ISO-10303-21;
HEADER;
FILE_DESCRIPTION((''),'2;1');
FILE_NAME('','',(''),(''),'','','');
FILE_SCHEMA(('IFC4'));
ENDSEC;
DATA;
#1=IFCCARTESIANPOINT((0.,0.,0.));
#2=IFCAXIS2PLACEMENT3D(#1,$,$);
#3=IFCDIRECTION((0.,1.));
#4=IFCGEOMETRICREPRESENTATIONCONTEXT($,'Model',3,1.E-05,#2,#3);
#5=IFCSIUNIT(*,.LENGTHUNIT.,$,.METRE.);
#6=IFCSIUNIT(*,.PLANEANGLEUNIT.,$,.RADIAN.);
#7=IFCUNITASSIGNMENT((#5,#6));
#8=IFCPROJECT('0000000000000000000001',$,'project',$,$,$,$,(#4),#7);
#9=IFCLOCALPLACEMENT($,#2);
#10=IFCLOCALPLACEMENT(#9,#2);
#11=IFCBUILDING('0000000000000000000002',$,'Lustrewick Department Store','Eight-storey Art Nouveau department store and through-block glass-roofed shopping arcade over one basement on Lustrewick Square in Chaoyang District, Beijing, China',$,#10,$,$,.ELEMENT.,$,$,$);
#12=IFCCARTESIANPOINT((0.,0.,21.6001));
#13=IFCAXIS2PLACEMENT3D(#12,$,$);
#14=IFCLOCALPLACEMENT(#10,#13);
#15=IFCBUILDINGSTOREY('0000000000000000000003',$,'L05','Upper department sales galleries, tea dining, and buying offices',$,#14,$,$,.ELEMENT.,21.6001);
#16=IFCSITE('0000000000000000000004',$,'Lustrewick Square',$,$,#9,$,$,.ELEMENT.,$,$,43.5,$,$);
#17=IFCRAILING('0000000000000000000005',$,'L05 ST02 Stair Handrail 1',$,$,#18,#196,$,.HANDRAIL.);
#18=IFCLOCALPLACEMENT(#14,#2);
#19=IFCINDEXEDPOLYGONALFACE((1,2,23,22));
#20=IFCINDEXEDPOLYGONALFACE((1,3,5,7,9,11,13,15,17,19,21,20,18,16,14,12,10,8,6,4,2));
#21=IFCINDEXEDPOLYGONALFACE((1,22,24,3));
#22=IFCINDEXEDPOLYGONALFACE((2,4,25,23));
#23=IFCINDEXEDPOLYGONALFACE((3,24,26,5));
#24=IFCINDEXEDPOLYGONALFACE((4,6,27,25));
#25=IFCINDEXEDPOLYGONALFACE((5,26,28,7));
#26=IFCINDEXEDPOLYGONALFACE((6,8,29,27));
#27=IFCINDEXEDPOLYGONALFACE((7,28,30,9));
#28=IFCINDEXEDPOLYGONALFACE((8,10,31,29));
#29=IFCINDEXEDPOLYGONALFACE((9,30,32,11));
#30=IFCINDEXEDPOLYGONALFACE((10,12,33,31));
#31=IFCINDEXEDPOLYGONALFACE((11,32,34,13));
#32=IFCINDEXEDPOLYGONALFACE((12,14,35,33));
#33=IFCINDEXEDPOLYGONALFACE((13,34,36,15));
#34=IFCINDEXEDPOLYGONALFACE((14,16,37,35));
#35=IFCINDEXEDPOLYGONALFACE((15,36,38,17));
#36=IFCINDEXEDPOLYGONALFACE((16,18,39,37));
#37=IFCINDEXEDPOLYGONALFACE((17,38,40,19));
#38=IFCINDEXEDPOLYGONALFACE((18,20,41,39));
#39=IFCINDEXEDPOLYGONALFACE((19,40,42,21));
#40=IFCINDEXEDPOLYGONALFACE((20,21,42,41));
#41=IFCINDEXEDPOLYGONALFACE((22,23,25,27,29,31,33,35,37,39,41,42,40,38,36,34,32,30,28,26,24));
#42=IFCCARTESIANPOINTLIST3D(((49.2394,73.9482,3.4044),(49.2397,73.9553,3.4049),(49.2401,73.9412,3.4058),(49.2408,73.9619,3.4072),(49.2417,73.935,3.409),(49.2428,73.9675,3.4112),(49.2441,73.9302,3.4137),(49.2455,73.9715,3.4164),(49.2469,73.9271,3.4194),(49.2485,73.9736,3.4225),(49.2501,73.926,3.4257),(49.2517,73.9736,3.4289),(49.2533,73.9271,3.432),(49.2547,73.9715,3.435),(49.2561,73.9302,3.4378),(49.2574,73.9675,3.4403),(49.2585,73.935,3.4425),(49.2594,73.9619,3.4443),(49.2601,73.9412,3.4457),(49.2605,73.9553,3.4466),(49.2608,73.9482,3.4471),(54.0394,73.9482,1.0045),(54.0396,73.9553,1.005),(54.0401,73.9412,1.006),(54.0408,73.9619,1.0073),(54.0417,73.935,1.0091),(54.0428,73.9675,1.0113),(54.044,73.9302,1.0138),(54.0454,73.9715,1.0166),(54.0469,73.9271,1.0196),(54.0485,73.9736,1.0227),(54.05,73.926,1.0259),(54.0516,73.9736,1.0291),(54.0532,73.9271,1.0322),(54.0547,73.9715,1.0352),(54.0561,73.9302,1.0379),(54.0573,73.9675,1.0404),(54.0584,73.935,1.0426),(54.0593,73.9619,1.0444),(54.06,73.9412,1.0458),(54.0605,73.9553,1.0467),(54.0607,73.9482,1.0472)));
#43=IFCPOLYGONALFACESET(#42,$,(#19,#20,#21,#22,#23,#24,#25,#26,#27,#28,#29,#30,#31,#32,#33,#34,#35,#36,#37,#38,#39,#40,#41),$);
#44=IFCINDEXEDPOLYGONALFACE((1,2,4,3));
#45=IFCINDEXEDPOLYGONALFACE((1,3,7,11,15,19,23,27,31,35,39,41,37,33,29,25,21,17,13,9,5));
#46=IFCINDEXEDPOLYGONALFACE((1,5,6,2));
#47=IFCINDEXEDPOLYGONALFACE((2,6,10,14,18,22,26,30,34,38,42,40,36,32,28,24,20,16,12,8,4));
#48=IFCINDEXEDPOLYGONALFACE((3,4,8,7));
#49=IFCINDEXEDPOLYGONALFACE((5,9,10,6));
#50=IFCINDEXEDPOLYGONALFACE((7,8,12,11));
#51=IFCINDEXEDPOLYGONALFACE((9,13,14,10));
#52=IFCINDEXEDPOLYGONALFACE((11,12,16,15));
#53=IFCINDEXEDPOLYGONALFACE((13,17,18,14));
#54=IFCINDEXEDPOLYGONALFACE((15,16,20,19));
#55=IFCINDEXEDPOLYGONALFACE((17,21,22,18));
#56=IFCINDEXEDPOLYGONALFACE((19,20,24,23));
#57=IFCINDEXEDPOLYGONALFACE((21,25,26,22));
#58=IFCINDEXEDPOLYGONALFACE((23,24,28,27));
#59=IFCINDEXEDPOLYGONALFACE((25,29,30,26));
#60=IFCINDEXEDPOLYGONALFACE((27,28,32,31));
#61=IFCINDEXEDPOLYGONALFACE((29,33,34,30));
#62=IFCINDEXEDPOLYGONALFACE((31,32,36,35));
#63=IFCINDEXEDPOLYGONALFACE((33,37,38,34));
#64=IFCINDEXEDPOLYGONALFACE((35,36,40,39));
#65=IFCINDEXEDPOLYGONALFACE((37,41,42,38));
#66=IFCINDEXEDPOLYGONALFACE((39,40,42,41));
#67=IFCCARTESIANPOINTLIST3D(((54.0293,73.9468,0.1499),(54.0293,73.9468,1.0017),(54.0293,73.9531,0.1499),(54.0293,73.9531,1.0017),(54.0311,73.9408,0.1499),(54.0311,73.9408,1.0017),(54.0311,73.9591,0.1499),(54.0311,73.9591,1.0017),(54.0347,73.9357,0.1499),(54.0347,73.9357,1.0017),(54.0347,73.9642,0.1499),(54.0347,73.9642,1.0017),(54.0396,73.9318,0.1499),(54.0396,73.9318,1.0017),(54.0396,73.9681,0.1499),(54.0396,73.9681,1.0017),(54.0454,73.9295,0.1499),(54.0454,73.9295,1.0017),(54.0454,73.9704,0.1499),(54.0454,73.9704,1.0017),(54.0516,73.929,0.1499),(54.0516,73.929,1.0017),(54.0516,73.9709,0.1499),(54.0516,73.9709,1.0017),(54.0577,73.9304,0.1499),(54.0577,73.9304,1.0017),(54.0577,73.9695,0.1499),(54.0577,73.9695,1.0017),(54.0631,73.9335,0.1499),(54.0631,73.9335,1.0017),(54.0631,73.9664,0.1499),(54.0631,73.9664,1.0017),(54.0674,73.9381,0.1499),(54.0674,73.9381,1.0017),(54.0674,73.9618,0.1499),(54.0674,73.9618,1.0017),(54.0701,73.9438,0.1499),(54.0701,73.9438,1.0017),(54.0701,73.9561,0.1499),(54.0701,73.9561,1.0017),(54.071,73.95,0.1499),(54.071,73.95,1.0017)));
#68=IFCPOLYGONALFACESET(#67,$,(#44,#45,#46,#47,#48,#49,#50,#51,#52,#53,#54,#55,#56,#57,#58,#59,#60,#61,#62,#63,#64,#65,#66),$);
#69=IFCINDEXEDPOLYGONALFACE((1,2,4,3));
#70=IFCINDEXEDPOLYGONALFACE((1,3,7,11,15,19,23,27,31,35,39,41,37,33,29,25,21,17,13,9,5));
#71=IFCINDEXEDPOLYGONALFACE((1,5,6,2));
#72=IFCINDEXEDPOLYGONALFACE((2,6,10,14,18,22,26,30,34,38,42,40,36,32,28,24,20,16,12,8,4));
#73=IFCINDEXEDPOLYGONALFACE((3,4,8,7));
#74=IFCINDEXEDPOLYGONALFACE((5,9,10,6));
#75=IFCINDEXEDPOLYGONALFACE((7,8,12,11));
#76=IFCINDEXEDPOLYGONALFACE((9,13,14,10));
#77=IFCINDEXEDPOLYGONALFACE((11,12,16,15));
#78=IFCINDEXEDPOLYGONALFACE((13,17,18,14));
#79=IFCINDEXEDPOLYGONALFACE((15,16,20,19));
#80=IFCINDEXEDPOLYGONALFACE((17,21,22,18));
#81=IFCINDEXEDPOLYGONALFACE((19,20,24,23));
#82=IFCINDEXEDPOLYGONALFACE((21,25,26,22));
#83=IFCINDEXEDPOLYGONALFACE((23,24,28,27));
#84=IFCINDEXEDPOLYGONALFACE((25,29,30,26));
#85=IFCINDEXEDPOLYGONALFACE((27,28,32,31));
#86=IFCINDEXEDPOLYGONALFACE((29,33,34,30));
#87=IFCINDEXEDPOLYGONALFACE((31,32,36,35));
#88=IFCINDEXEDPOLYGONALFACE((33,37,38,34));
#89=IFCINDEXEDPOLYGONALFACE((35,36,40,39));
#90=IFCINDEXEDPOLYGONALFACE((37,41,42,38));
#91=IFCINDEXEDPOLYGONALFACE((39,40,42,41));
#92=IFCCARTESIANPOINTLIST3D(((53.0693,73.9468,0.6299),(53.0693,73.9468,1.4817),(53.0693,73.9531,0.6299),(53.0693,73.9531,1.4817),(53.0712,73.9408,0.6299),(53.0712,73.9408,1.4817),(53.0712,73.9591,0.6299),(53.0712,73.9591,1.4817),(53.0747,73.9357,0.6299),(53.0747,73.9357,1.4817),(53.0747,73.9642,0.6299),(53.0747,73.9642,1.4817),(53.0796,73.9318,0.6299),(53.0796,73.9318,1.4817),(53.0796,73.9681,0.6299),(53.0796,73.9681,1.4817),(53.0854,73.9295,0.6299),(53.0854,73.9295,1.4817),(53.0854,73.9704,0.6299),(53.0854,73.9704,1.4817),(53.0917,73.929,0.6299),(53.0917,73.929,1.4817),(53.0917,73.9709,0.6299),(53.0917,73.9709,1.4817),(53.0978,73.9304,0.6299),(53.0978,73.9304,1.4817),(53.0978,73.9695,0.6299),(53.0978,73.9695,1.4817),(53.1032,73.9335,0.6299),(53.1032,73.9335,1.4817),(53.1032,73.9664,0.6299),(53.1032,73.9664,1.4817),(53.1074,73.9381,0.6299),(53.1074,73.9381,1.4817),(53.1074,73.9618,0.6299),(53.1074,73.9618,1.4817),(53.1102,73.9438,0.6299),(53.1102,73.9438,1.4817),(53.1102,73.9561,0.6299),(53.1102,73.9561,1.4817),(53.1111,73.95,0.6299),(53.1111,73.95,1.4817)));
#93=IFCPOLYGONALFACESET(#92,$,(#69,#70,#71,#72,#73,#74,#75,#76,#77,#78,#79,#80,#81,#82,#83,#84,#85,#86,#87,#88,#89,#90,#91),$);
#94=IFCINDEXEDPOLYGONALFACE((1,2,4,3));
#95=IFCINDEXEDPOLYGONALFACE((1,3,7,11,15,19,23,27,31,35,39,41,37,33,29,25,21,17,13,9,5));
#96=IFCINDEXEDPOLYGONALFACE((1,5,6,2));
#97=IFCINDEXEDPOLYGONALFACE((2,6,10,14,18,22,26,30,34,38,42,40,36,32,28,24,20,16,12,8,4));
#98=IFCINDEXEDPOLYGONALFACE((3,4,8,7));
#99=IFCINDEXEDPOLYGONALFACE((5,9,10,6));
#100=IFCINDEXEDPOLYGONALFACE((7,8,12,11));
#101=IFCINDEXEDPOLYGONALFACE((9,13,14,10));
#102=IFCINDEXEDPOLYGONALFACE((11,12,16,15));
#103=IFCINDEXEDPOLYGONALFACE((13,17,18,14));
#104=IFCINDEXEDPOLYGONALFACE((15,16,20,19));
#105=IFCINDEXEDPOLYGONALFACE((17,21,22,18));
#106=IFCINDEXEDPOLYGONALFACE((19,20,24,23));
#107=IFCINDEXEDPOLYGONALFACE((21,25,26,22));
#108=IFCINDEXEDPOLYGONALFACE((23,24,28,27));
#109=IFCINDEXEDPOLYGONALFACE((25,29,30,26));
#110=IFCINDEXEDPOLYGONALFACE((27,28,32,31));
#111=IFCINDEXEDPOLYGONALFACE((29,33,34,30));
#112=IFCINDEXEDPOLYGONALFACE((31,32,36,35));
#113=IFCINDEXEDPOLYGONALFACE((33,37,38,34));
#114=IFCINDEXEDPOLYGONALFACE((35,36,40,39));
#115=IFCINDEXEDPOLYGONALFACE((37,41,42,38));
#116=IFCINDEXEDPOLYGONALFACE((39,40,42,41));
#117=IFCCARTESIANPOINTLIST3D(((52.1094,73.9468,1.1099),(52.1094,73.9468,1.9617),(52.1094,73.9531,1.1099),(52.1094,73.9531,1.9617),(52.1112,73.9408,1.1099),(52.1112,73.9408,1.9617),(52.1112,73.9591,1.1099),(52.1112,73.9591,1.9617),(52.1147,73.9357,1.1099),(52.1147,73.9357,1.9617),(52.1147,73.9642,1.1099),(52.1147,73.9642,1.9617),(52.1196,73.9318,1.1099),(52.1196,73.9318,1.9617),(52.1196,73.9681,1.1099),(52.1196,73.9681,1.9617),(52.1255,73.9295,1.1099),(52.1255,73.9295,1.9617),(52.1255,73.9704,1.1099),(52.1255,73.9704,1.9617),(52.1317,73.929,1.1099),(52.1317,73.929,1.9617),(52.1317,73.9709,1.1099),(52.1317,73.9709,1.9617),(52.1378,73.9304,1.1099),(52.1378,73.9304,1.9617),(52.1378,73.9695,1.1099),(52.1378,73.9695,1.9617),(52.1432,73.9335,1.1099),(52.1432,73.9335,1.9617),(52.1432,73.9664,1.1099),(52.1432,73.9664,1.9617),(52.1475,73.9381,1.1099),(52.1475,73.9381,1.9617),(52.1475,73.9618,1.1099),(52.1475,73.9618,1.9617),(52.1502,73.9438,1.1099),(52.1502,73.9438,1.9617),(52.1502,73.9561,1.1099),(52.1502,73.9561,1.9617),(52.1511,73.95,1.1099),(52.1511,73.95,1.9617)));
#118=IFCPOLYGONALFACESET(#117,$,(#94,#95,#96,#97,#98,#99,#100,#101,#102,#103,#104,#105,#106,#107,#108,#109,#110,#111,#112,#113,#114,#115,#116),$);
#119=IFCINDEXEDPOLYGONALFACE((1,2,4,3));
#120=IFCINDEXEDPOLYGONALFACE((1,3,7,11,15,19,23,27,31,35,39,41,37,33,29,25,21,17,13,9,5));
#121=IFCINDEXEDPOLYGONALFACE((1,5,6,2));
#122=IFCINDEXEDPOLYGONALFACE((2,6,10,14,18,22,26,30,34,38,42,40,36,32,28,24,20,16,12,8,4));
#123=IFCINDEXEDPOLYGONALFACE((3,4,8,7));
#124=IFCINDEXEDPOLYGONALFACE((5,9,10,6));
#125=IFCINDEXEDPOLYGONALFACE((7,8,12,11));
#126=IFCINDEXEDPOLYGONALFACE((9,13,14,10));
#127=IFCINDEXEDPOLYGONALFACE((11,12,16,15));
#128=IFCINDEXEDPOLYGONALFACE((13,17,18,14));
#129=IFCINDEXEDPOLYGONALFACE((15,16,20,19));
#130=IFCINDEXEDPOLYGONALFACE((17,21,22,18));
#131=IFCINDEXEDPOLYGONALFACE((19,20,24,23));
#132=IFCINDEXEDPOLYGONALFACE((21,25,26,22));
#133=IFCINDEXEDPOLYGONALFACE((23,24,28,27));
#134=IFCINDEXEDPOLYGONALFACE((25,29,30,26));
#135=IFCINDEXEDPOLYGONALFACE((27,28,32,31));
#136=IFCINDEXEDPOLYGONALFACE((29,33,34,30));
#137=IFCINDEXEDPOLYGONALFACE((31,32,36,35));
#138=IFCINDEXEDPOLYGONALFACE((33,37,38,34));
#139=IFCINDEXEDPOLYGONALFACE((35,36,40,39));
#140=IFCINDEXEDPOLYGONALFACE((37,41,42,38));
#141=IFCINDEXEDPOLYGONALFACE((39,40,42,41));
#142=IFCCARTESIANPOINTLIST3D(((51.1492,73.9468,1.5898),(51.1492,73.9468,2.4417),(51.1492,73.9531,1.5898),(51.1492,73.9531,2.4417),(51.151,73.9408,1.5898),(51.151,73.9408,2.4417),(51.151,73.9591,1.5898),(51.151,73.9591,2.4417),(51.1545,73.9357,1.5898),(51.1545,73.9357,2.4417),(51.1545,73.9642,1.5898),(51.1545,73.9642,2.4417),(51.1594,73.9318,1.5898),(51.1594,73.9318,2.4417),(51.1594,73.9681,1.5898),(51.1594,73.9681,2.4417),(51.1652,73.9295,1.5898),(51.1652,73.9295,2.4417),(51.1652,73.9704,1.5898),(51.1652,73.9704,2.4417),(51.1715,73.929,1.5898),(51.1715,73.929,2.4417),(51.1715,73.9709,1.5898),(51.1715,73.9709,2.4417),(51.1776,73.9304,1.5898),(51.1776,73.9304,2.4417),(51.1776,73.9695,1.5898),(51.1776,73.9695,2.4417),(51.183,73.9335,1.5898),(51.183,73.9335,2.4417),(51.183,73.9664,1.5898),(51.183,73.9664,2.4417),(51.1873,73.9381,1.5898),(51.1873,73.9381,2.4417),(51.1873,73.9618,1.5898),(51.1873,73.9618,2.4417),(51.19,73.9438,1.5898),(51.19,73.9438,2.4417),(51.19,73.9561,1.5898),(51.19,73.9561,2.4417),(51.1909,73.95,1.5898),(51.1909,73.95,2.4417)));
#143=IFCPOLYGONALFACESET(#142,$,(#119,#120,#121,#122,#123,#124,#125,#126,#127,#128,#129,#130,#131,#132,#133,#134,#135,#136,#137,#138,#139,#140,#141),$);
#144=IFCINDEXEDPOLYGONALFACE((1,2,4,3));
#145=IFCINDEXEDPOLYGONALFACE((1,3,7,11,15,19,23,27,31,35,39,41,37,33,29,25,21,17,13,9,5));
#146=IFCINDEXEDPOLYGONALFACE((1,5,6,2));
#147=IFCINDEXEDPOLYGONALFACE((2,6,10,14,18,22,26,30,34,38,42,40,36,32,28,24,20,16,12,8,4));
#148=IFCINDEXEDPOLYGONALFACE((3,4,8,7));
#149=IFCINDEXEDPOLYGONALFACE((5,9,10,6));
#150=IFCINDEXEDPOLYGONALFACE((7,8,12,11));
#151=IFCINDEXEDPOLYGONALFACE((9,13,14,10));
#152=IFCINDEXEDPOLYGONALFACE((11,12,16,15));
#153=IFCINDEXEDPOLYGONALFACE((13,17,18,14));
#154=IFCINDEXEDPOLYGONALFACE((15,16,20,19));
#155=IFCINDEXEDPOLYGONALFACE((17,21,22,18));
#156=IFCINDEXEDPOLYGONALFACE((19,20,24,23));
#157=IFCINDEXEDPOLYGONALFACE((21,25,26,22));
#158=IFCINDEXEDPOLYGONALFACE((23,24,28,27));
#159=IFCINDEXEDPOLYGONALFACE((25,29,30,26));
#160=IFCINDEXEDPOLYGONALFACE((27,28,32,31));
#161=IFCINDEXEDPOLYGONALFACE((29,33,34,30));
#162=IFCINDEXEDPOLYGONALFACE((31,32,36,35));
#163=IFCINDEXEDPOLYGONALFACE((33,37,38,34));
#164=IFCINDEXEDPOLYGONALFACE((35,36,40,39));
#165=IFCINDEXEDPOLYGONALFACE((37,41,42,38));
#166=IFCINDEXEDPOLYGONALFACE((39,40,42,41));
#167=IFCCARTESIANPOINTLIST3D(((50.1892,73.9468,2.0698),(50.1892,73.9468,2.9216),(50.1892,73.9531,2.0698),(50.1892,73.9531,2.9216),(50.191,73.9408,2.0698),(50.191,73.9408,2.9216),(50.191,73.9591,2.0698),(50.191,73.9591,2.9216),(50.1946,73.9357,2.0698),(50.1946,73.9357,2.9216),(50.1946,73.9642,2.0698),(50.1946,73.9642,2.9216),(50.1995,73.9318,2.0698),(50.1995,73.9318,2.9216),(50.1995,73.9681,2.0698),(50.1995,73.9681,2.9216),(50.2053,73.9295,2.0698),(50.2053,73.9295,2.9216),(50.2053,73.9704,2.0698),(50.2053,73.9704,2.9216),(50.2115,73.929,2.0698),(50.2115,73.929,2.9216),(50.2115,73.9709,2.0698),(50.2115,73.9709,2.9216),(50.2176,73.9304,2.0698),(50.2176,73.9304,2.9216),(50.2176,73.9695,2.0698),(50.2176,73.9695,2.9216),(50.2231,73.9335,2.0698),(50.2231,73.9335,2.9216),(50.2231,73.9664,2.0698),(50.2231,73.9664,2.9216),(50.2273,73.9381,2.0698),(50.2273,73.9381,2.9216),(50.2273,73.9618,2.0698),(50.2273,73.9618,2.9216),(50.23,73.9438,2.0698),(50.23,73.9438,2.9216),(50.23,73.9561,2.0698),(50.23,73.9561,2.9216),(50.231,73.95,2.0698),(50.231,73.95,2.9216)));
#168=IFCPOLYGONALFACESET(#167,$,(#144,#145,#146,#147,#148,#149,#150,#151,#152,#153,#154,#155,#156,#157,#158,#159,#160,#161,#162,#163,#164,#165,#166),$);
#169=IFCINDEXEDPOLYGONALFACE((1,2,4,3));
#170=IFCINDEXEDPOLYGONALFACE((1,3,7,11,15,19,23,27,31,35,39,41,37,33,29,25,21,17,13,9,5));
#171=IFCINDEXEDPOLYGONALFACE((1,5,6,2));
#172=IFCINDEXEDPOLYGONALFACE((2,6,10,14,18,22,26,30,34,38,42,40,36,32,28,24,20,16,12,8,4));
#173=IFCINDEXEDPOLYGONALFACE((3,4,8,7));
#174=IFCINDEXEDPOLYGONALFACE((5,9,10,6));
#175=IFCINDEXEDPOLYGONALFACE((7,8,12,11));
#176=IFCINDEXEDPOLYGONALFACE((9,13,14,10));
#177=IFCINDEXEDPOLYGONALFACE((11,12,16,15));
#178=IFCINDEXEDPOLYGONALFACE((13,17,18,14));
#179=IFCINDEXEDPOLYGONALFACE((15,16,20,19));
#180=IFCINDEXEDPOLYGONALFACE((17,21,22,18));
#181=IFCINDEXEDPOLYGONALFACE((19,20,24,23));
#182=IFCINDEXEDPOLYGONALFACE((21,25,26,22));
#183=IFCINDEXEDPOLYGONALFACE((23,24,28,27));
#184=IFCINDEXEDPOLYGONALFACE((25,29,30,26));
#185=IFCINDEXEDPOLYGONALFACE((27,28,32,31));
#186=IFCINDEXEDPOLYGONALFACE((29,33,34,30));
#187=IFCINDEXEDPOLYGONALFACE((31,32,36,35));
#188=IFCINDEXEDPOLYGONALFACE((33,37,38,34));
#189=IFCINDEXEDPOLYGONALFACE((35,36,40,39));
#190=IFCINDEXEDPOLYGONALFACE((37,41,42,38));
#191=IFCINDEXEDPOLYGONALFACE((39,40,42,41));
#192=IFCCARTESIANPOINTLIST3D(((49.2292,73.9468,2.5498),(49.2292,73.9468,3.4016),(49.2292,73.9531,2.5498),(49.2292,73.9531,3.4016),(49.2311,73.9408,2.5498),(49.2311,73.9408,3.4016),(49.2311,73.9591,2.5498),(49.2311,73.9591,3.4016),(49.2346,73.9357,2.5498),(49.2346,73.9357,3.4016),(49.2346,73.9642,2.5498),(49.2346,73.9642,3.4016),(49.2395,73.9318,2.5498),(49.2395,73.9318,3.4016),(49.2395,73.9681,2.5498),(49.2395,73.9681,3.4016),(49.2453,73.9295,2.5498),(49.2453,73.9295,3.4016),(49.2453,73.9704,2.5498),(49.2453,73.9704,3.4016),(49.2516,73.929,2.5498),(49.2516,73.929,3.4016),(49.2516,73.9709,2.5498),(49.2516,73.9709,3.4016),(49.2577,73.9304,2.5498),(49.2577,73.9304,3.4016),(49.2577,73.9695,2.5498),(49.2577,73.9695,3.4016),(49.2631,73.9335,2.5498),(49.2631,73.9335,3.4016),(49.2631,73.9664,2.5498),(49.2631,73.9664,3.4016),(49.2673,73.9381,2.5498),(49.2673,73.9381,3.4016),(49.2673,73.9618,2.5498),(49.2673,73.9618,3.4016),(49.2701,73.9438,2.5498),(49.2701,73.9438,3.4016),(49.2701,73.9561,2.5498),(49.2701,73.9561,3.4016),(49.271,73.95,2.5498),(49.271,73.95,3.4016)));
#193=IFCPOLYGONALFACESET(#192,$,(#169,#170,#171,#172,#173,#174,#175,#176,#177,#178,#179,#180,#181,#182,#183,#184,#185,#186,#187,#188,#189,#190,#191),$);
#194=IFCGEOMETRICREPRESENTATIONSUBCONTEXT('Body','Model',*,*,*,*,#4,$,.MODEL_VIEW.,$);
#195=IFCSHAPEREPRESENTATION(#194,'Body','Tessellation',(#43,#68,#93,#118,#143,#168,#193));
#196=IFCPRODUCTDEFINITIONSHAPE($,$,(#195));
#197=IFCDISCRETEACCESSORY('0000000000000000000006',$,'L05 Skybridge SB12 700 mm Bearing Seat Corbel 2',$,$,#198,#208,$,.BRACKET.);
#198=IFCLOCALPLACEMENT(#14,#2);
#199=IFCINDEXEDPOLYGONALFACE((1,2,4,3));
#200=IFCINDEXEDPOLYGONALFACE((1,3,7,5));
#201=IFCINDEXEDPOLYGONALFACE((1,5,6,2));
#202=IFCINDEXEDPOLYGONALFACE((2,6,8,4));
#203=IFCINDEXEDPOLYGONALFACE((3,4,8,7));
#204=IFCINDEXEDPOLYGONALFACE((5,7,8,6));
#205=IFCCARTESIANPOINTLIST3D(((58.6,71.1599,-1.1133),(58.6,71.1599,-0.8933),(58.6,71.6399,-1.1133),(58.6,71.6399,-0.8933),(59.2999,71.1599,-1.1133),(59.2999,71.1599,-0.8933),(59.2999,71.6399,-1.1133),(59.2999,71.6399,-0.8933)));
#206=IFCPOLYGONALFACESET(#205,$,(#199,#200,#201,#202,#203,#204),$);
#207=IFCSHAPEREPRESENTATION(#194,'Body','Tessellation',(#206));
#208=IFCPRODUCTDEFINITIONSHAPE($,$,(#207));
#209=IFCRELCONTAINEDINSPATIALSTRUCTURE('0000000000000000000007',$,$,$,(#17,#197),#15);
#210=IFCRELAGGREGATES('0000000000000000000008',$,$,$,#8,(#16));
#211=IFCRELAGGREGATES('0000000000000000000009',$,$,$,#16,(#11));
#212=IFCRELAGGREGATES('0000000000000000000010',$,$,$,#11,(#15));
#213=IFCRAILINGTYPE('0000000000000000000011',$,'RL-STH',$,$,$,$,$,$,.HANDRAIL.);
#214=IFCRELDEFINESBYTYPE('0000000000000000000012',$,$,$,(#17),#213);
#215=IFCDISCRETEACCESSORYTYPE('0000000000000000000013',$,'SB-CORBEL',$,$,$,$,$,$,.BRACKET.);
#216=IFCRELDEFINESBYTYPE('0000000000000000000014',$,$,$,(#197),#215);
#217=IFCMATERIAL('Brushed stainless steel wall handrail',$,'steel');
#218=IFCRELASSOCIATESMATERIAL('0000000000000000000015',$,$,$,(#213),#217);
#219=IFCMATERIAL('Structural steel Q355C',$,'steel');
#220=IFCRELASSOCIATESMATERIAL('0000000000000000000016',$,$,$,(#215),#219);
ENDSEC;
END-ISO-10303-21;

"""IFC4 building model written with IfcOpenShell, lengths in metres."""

from ifc_helpers import new_model, si_unit, direction, frame, origin, origin_2d, place, context, subcontext, project, spatial, rectangle, circle, extrude, material, type_object, element, save


model = new_model("IFC4")

# Units and contexts
model_context = context("Model", 3, precision=1e-05, world=origin(), true_north=direction((0.0, 1.0)))
body_context = subcontext(model_context, "Body", "Model", "MODEL_VIEW")
ifc_project = project(units=[si_unit("LENGTHUNIT", "METRE"), si_unit("PLANEANGLEUNIT", "RADIAN")], contexts=[model_context])

# Site, building, storey
site_placement = place(None, origin())
site = spatial("IfcSite", under=ifc_project, at=site_placement, Name="Lustrewick Square", CompositionType="ELEMENT", RefElevation=43.5)
building_placement = place(site_placement, origin())
building = spatial("IfcBuilding", under=site, at=building_placement, Name="Lustrewick Department Store", Description="Eight-storey Art Nouveau department store and through-block glass-roofed shopping arcade over one basement on Lustrewick Square in Chaoyang District, Beijing, China", CompositionType="ELEMENT")
storey_placement = place(building_placement, frame((0.0, 0.0, 21.6001)))
storey = spatial("IfcBuildingStorey", under=building, at=storey_placement, Name="L05", Description="Upper department sales galleries, tea dining, and buying offices", CompositionType="ELEMENT", Elevation=21.6001)

# Shared definitions
ifc_material_1 = material(Name="Structural steel Q355C", Category="steel")

# Railing
ifc_material_2 = material(Name="Brushed stainless steel wall handrail", Category="steel")
railing_type_1 = type_object("IfcRailingType", Name="RL-STH", PredefinedType="HANDRAIL", material=ifc_material_2)
railing_1_placement = place(storey_placement, frame((54.05, 73.95, 0.1499)))
element("IfcRailing", 1, at=railing_1_placement, inside=storey, type_object=railing_type_1, Name="L05 ST02 Stair Handrail 1", PredefinedType="HANDRAIL", context=body_context, shape_type="SweptSolid", body=[
    extrude(circle(Radius=0.0239, at=origin_2d()), frame((0.0, 0.0, 0.876), z_axis=(-0.894436, 0.0, 0.447195), x_axis=(0.0, -1.0, 0.0)), (0.0, 0.0, 1.0), 5.3665),
    extrude(circle(Radius=0.021, at=origin_2d()), origin(), (0.0, 0.0, 1.0), 0.8518),
    extrude(circle(Radius=0.021, at=origin_2d()), frame((-0.96, 0.0, 0.48)), (0.0, 0.0, 1.0), 0.8518),
    extrude(circle(Radius=0.021, at=origin_2d()), frame((-1.9199, 0.0, 0.96)), (0.0, 0.0, 1.0), 0.8518),
    extrude(circle(Radius=0.021, at=origin_2d()), frame((-2.8801, 0.0, 1.4399)), (0.0, 0.0, 1.0), 0.8518),
    extrude(circle(Radius=0.021, at=origin_2d()), frame((-3.8401, 0.0, 1.9199)), (0.0, 0.0, 1.0), 0.8518),
    extrude(circle(Radius=0.021, at=origin_2d()), frame((-4.8, 0.0, 2.3999)), (0.0, 0.0, 1.0), 0.8518),
])

# Discrete accessory
discrete_accessory_type_1 = type_object("IfcDiscreteAccessoryType", Name="SB-CORBEL", PredefinedType="BRACKET", material=ifc_material_1)
for number, where, z_axis, x_axis, name in (
    (2, (58.95, 71.3999, -1.1133), (0.0, 0.0, 1.0), (1.0, 0.0, 0.0), "L05 Skybridge SB12 700 mm Bearing Seat Corbel 2"),
):
    element("IfcDiscreteAccessory", number, at=place(storey_placement, frame(where, z_axis=z_axis, x_axis=x_axis)), inside=storey, type_object=discrete_accessory_type_1, Name=name, PredefinedType="BRACKET", context=body_context, shape_type="SweptSolid", body=[
        extrude(rectangle(XDim=0.7, YDim=0.48, at=origin_2d()), origin(), (0.0, 0.0, 1.0), 0.22),
    ])

save(model, "model.ifc")
